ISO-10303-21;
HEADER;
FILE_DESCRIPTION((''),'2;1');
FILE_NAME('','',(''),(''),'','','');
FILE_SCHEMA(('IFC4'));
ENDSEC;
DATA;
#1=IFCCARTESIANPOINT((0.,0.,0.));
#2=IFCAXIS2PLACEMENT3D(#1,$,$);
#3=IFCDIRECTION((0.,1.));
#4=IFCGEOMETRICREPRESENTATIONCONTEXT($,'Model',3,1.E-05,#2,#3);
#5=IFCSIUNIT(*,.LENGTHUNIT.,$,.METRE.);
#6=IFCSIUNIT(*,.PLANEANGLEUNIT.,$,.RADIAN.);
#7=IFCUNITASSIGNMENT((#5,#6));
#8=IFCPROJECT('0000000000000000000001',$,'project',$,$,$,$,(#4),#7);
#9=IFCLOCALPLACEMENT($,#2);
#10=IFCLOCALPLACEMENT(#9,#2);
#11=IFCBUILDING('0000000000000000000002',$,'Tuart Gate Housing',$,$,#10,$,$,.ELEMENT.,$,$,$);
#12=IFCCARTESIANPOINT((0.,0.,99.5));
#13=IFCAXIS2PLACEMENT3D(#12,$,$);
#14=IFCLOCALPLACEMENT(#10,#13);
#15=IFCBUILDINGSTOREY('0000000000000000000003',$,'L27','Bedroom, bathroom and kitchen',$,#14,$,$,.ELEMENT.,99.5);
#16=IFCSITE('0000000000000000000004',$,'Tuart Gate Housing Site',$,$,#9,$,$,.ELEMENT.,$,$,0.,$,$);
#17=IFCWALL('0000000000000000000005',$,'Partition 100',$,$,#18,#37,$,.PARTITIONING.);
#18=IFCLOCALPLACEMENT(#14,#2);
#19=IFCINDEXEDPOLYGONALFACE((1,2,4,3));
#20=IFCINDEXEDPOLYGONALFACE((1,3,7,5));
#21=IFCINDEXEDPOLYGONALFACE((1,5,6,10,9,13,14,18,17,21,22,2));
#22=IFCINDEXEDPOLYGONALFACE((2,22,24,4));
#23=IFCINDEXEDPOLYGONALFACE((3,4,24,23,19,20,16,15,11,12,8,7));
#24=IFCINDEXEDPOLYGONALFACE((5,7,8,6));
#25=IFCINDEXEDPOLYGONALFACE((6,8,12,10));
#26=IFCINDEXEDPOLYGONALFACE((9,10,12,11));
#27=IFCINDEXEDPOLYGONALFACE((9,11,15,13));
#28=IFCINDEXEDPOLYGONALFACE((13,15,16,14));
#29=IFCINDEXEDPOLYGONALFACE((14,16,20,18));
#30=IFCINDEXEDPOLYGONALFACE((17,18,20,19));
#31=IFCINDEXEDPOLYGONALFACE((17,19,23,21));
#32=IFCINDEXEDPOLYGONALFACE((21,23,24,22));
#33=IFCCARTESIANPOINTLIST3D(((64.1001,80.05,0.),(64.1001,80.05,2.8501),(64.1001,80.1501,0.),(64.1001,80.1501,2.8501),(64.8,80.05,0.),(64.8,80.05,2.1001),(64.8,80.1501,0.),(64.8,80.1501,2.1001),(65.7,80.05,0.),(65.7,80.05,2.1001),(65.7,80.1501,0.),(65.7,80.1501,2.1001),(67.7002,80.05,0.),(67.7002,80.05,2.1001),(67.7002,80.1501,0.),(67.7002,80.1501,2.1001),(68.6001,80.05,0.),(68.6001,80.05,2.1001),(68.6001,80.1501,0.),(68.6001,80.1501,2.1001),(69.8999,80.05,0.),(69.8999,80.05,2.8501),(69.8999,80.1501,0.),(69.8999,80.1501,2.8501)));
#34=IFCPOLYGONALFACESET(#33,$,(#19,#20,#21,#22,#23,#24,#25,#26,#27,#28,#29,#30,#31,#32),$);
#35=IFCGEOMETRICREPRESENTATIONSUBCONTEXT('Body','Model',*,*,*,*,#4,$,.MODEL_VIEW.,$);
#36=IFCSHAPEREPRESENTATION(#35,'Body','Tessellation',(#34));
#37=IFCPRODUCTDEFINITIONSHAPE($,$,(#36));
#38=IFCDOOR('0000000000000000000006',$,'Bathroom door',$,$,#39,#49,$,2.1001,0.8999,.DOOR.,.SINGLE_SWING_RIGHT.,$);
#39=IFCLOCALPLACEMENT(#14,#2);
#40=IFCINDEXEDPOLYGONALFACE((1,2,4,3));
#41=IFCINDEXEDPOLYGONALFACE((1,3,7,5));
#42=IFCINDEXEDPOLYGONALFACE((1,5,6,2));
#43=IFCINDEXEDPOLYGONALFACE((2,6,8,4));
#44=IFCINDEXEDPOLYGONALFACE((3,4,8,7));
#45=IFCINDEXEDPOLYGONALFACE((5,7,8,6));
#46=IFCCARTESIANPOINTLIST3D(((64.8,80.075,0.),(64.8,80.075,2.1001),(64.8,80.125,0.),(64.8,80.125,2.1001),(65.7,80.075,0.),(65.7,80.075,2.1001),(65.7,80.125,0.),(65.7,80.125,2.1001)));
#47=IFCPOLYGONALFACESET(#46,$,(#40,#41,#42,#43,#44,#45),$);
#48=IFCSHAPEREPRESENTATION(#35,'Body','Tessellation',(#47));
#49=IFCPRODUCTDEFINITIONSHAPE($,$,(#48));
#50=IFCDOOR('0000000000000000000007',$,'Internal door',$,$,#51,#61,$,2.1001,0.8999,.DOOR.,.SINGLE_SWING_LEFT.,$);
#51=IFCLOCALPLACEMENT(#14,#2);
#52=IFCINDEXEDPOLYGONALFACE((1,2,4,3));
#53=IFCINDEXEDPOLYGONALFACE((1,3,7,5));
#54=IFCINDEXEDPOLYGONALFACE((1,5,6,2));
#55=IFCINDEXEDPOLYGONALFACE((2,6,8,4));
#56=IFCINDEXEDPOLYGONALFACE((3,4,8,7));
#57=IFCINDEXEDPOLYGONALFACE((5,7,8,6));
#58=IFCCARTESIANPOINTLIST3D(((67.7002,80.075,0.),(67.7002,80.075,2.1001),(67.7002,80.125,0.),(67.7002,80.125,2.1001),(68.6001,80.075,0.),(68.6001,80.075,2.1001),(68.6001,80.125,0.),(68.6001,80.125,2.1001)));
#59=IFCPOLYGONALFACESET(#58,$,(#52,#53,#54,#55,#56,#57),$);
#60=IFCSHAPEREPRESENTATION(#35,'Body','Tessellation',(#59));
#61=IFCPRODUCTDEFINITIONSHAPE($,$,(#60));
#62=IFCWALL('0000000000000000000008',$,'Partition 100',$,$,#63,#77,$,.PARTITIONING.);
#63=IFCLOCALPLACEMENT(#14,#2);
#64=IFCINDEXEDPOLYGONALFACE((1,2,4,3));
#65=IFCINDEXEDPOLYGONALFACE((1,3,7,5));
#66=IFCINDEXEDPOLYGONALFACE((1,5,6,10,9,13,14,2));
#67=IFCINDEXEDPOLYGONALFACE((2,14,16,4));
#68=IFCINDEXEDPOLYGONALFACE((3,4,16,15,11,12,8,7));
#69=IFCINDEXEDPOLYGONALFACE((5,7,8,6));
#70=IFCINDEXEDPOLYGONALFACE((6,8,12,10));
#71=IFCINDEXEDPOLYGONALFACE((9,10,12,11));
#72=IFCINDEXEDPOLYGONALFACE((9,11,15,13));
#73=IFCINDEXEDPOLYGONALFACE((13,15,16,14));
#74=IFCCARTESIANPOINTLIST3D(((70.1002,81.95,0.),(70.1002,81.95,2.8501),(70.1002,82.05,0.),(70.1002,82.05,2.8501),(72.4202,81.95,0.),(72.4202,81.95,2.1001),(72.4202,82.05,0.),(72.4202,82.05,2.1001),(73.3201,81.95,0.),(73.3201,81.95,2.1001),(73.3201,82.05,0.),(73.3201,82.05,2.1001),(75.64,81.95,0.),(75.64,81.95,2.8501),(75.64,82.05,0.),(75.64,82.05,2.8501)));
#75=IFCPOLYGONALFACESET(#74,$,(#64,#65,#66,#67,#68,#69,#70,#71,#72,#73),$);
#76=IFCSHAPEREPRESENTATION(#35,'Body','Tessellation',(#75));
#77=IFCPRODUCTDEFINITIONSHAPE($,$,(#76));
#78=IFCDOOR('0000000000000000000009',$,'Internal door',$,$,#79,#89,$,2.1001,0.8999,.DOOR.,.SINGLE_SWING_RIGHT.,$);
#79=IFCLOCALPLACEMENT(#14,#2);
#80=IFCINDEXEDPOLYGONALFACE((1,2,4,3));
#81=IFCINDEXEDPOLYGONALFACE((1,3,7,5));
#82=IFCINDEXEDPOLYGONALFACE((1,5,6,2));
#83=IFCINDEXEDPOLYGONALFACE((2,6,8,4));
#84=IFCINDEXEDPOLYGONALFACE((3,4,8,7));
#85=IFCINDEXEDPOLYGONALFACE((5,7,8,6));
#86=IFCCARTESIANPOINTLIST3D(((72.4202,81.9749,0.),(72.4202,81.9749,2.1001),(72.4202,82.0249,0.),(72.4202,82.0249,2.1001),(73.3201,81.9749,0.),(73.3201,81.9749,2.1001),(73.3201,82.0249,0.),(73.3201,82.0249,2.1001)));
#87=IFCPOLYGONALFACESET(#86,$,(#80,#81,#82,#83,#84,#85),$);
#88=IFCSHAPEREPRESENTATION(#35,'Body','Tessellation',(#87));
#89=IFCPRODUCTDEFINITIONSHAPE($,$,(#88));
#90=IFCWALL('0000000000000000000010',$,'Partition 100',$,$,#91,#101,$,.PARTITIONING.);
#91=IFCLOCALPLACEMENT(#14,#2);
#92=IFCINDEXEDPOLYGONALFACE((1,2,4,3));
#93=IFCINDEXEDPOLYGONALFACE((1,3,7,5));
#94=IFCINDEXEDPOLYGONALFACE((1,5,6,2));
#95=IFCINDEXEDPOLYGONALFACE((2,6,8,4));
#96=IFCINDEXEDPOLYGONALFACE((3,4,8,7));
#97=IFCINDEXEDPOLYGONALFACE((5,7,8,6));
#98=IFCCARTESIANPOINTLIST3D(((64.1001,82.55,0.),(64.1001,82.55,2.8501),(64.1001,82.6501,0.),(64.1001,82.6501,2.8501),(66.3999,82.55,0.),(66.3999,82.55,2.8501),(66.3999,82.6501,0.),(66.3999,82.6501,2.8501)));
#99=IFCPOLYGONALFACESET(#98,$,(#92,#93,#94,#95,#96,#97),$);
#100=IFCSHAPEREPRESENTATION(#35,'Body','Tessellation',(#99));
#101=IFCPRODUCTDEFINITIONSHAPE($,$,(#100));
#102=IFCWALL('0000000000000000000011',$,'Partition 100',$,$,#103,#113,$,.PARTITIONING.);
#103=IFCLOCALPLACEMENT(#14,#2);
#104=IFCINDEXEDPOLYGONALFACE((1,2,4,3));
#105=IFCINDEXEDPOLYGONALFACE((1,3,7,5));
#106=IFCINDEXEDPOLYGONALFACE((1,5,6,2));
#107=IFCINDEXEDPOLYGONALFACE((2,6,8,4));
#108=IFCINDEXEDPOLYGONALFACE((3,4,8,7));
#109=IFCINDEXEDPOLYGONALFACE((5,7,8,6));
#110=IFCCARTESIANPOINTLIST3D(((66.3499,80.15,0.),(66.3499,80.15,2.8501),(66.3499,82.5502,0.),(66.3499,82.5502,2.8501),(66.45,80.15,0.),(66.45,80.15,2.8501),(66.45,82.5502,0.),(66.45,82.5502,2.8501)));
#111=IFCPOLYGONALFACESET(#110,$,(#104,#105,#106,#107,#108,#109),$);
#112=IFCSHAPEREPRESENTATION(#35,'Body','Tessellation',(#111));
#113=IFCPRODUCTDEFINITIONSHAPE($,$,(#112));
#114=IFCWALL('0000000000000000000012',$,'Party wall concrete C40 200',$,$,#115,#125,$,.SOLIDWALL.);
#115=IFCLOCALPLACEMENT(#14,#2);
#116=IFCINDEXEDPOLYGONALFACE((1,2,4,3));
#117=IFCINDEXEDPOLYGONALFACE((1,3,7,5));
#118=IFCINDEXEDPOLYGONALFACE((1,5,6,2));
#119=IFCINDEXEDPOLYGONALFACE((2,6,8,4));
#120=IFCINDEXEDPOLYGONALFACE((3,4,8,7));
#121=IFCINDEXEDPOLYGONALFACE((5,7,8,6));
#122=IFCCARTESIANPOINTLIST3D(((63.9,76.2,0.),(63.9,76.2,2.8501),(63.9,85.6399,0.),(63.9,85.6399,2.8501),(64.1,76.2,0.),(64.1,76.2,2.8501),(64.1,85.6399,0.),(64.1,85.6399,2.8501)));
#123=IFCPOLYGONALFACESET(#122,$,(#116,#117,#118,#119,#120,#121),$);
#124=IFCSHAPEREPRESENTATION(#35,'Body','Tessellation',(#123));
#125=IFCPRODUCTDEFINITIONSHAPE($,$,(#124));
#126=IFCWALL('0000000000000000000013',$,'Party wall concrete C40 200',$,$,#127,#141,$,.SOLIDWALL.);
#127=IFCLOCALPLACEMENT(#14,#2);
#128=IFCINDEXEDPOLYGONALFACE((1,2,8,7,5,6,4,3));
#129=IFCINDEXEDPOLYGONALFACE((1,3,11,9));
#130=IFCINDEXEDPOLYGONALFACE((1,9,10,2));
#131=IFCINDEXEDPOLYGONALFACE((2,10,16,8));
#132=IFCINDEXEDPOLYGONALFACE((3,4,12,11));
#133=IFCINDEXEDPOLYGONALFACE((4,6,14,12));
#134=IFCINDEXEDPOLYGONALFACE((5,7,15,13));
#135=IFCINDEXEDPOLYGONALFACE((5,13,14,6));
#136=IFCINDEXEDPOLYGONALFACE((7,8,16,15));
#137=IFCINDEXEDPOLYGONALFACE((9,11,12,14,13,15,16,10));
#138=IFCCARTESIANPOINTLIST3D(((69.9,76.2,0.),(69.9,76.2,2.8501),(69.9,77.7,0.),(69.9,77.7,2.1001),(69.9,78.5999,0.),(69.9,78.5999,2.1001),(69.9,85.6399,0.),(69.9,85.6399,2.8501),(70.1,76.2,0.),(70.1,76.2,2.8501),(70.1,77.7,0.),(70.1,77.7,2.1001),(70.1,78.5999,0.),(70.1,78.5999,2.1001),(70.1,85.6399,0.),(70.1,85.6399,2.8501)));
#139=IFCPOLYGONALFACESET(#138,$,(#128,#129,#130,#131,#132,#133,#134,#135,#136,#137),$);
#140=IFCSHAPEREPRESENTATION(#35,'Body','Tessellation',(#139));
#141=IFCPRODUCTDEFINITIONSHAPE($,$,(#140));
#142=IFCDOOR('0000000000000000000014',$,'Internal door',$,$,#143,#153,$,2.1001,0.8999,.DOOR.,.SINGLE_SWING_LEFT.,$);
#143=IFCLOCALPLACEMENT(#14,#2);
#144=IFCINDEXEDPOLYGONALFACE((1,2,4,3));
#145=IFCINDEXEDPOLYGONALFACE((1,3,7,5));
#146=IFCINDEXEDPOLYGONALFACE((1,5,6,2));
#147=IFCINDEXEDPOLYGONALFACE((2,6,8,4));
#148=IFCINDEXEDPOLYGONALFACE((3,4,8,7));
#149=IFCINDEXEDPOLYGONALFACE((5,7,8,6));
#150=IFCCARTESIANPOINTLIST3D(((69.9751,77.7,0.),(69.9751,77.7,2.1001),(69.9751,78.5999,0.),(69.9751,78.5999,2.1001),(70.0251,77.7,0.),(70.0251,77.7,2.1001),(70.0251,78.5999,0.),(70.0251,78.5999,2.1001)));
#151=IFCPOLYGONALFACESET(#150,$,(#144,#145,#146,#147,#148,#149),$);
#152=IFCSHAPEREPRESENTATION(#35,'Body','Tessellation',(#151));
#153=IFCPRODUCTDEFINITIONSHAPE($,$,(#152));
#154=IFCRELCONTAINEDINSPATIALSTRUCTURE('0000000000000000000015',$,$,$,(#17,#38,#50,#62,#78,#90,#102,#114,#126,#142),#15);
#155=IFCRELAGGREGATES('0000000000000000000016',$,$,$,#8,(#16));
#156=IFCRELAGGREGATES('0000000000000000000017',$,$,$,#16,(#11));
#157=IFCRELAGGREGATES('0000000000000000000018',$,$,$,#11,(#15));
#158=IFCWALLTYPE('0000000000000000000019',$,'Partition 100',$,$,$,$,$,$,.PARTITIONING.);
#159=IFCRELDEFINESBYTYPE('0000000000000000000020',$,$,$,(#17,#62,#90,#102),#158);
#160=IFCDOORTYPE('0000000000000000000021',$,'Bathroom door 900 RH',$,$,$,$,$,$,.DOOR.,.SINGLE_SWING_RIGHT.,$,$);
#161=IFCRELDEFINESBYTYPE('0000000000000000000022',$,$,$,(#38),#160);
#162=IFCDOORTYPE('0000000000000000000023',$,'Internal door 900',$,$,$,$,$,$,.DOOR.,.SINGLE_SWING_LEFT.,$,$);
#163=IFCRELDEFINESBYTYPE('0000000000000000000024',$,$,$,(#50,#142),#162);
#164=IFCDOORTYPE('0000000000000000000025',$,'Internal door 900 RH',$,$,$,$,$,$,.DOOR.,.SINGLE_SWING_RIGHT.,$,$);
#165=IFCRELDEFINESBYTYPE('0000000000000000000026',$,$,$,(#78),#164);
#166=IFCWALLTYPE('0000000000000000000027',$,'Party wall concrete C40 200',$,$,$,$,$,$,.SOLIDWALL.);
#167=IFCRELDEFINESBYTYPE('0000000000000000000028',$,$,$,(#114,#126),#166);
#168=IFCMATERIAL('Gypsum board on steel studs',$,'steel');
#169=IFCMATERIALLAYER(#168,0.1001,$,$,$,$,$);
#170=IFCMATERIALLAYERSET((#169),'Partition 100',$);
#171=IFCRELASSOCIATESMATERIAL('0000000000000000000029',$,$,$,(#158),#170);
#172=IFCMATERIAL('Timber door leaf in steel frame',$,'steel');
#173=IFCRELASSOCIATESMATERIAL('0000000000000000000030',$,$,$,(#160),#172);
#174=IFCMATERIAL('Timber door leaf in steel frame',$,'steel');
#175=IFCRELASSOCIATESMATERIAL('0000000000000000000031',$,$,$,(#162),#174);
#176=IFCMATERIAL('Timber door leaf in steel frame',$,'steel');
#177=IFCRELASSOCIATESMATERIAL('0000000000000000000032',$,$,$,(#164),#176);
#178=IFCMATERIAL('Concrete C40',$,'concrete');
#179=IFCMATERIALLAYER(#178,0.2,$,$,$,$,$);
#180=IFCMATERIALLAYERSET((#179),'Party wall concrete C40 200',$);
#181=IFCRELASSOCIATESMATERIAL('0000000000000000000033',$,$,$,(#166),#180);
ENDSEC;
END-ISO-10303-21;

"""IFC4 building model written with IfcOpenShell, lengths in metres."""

from ifc_helpers import new_model, si_unit, direction, frame, frame_2d, origin, place, context, subcontext, project, spatial, rectangle, extrude, material, layer, layer_set, type_object, element, fill, save


model = new_model("IFC4")

# Units and contexts
model_context = context("Model", 3, precision=1e-05, world=origin(), true_north=direction((0.0, 1.0)))
body_context = subcontext(model_context, "Body", "Model", "MODEL_VIEW")
ifc_project = project(units=[si_unit("LENGTHUNIT", "METRE"), si_unit("PLANEANGLEUNIT", "RADIAN")], contexts=[model_context])

# Site, building, storey
site_placement = place(None, origin())
site = spatial("IfcSite", under=ifc_project, at=site_placement, Name="Tuart Gate Housing Site", CompositionType="ELEMENT", RefElevation=0.0)
building_placement = place(site_placement, origin())
building = spatial("IfcBuilding", under=site, at=building_placement, Name="Tuart Gate Housing", CompositionType="ELEMENT")
storey_placement = place(building_placement, frame((0.0, 0.0, 99.5)))
storey = spatial("IfcBuildingStorey", under=building, at=storey_placement, Name="L27", Description="Bedroom, bathroom and kitchen", CompositionType="ELEMENT", Elevation=99.5)

# Wall, openings, doors
ifc_material_1 = material(Name="Gypsum board on steel studs", Category="steel")
ifc_layer_1 = layer(ifc_material_1, 0.1001)
ifc_layer_set_1 = layer_set([ifc_layer_1], Name="Partition 100")
wall_type_1 = type_object("IfcWallType", Name="Partition 100", PredefinedType="PARTITIONING", material=ifc_layer_set_1)
wall_1_placement = place(storey_placement, frame((64.1001, 80.1001, 0.0), z_axis=(0.0, 0.0, 1.0), x_axis=(1.0, 0.0, 0.0)))
wall_1 = element("IfcWall", 1, at=wall_1_placement, inside=storey, type_object=wall_type_1, Name="Partition 100", PredefinedType="PARTITIONING", context=body_context, shape_type="SweptSolid", body=[
    extrude(rectangle(XDim=5.7998, YDim=0.1001, at=frame_2d((2.8999, 0.0))), origin(), (0.0, 0.0, 1.0), 2.8501),
])
opening_1_placement = place(wall_1_placement, frame((3.6001, 0.0, 0.0)))
opening_1 = element("IfcOpeningElement", 2, at=opening_1_placement, cuts=wall_1, PredefinedType="OPENING", context=body_context, shape_type="SweptSolid", body=[
    extrude(rectangle(XDim=0.8999, YDim=2.1001, at=frame_2d((0.45, 1.05))), frame((0.0, 0.0601, 0.0), z_axis=(0.0, -1.0, 0.0), x_axis=(1.0, 0.0, 0.0)), (0.0, 0.0, 1.0), 0.1201),
])
opening_2_placement = place(wall_1_placement, frame((0.7, 0.0, 0.0)))
opening_2 = element("IfcOpeningElement", 3, at=opening_2_placement, cuts=wall_1, PredefinedType="OPENING", context=body_context, shape_type="SweptSolid", body=[
    extrude(rectangle(XDim=0.8999, YDim=2.1001, at=frame_2d((0.45, 1.05))), frame((0.0, 0.0601, 0.0), z_axis=(0.0, -1.0, 0.0), x_axis=(1.0, 0.0, 0.0)), (0.0, 0.0, 1.0), 0.1201),
])
ifc_material_2 = material(Name="Timber door leaf in steel frame", Category="steel")
door_type_1 = type_object("IfcDoorType", Name="Bathroom door 900 RH", OperationType="SINGLE_SWING_RIGHT", PredefinedType="DOOR", material=ifc_material_2)
door_1_placement = place(opening_2_placement, origin())
door_1 = element("IfcDoor", 4, at=door_1_placement, inside=storey, type_object=door_type_1, Name="Bathroom door", OperationType="SINGLE_SWING_RIGHT", OverallHeight=2.1001, OverallWidth=0.8999, PredefinedType="DOOR", context=body_context, shape_type="SweptSolid", body=[
    extrude(rectangle(XDim=0.8999, YDim=2.1001, at=frame_2d((0.45, 1.05))), frame((0.0, 0.0249, 0.0), z_axis=(0.0, -1.0, 0.0), x_axis=(1.0, 0.0, 0.0)), (0.0, 0.0, 1.0), 0.05),
])
fill(opening_2, door_1)
ifc_material_3 = material(Name="Timber door leaf in steel frame", Category="steel")
door_type_2 = type_object("IfcDoorType", Name="Internal door 900", OperationType="SINGLE_SWING_LEFT", PredefinedType="DOOR", material=ifc_material_3)
door_2_placement = place(opening_1_placement, origin())
door_2 = element("IfcDoor", 5, at=door_2_placement, inside=storey, type_object=door_type_2, Name="Internal door", OperationType="SINGLE_SWING_LEFT", OverallHeight=2.1001, OverallWidth=0.8999, PredefinedType="DOOR", context=body_context, shape_type="SweptSolid", body=[
    extrude(rectangle(XDim=0.8999, YDim=2.1001, at=frame_2d((0.45, 1.05))), frame((0.0, 0.0249, 0.0), z_axis=(0.0, -1.0, 0.0), x_axis=(1.0, 0.0, 0.0)), (0.0, 0.0, 1.0), 0.05),
])
fill(opening_1, door_2)

# Wall, opening, door
wall_2_placement = place(storey_placement, frame((70.1001, 82.0, 0.0), z_axis=(0.0, 0.0, 1.0), x_axis=(1.0, 0.0, 0.0)))
wall_2 = element("IfcWall", 6, at=wall_2_placement, inside=storey, type_object=wall_type_1, Name="Partition 100", PredefinedType="PARTITIONING", context=body_context, shape_type="SweptSolid", body=[
    extrude(rectangle(XDim=5.5398, YDim=0.1001, at=frame_2d((2.77, 0.0))), origin(), (0.0, 0.0, 1.0), 2.8501),
])
opening_3_placement = place(wall_2_placement, frame((2.3201, 0.0, 0.0)))
opening_3 = element("IfcOpeningElement", 7, at=opening_3_placement, cuts=wall_2, PredefinedType="OPENING", context=body_context, shape_type="SweptSolid", body=[
    extrude(rectangle(XDim=0.8999, YDim=2.1001, at=frame_2d((0.45, 1.05))), frame((0.0, 0.0601, 0.0), z_axis=(0.0, -1.0, 0.0), x_axis=(1.0, 0.0, 0.0)), (0.0, 0.0, 1.0), 0.1201),
])
ifc_material_4 = material(Name="Timber door leaf in steel frame", Category="steel")
door_type_3 = type_object("IfcDoorType", Name="Internal door 900 RH", OperationType="SINGLE_SWING_RIGHT", PredefinedType="DOOR", material=ifc_material_4)
door_3_placement = place(opening_3_placement, origin())
door_3 = element("IfcDoor", 8, at=door_3_placement, inside=storey, type_object=door_type_3, Name="Internal door", OperationType="SINGLE_SWING_RIGHT", OverallHeight=2.1001, OverallWidth=0.8999, PredefinedType="DOOR", context=body_context, shape_type="SweptSolid", body=[
    extrude(rectangle(XDim=0.8999, YDim=2.1001, at=frame_2d((0.45, 1.05))), frame((0.0, 0.0249, 0.0), z_axis=(0.0, -1.0, 0.0), x_axis=(1.0, 0.0, 0.0)), (0.0, 0.0, 1.0), 0.05),
])
fill(opening_3, door_3)

# Walls
wall_3_placement = place(storey_placement, frame((64.1001, 82.6001, 0.0), z_axis=(0.0, 0.0, 1.0), x_axis=(1.0, 0.0, 0.0)))
element("IfcWall", 9, at=wall_3_placement, inside=storey, type_object=wall_type_1, Name="Partition 100", PredefinedType="PARTITIONING", context=body_context, shape_type="SweptSolid", body=[
    extrude(rectangle(XDim=2.2998, YDim=0.1001, at=frame_2d((1.1499, 0.0))), origin(), (0.0, 0.0, 1.0), 2.8501),
])
wall_4_placement = place(storey_placement, frame((66.3999, 80.1499, 0.0), z_axis=(0.0, 0.0, 1.0), x_axis=(0.0, 1.0, 0.0)))
element("IfcWall", 10, at=wall_4_placement, inside=storey, type_object=wall_type_1, Name="Partition 100", PredefinedType="PARTITIONING", context=body_context, shape_type="SweptSolid", body=[
    extrude(rectangle(XDim=2.4001, YDim=0.1001, at=frame_2d((1.2002, 0.0))), origin(), (0.0, 0.0, 1.0), 2.8501),
])
ifc_material_5 = material(Name="Concrete C40", Category="concrete")
ifc_layer_2 = layer(ifc_material_5, 0.2)
ifc_layer_set_2 = layer_set([ifc_layer_2], Name="Party wall concrete C40 200")
wall_type_2 = type_object("IfcWallType", Name="Party wall concrete C40 200", PredefinedType="SOLIDWALL", material=ifc_layer_set_2)
wall_5_placement = place(storey_placement, frame((64.0, 76.2, 0.0), z_axis=(0.0, 0.0, 1.0), x_axis=(0.0, 1.0, 0.0)))
element("IfcWall", 11, at=wall_5_placement, inside=storey, type_object=wall_type_2, Name="Party wall concrete C40 200", PredefinedType="SOLIDWALL", context=body_context, shape_type="SweptSolid", body=[
    extrude(rectangle(XDim=9.4399, YDim=0.2, at=frame_2d((4.72, 0.0))), origin(), (0.0, 0.0, 1.0), 2.8501),
])

# Wall, opening, door
wall_6_placement = place(storey_placement, frame((70.0, 76.2, 0.0), z_axis=(0.0, 0.0, 1.0), x_axis=(0.0, 1.0, 0.0)))
wall_6 = element("IfcWall", 12, at=wall_6_placement, inside=storey, type_object=wall_type_2, Name="Party wall concrete C40 200", PredefinedType="SOLIDWALL", context=body_context, shape_type="SweptSolid", body=[
    extrude(rectangle(XDim=9.4399, YDim=0.2, at=frame_2d((4.72, 0.0))), origin(), (0.0, 0.0, 1.0), 2.8501),
])
opening_4_placement = place(wall_6_placement, frame((1.5, 0.0, 0.0)))
opening_4 = element("IfcOpeningElement", 13, at=opening_4_placement, cuts=wall_6, PredefinedType="OPENING", context=body_context, shape_type="SweptSolid", body=[
    extrude(rectangle(XDim=0.8999, YDim=2.1001, at=frame_2d((0.45, 1.05))), frame((0.0, 0.1099, 0.0), z_axis=(0.0, -1.0, 0.0), x_axis=(1.0, 0.0, 0.0)), (0.0, 0.0, 1.0), 0.22),
])
door_4_placement = place(opening_4_placement, origin())
door_4 = element("IfcDoor", 14, at=door_4_placement, inside=storey, type_object=door_type_2, Name="Internal door", OperationType="SINGLE_SWING_LEFT", OverallHeight=2.1001, OverallWidth=0.8999, PredefinedType="DOOR", context=body_context, shape_type="SweptSolid", body=[
    extrude(rectangle(XDim=0.8999, YDim=2.1001, at=frame_2d((0.45, 1.05))), frame((0.0, 0.0249, 0.0), z_axis=(0.0, -1.0, 0.0), x_axis=(1.0, 0.0, 0.0)), (0.0, 0.0, 1.0), 0.05),
])
fill(opening_4, door_4)

save(model, "model.ifc")
